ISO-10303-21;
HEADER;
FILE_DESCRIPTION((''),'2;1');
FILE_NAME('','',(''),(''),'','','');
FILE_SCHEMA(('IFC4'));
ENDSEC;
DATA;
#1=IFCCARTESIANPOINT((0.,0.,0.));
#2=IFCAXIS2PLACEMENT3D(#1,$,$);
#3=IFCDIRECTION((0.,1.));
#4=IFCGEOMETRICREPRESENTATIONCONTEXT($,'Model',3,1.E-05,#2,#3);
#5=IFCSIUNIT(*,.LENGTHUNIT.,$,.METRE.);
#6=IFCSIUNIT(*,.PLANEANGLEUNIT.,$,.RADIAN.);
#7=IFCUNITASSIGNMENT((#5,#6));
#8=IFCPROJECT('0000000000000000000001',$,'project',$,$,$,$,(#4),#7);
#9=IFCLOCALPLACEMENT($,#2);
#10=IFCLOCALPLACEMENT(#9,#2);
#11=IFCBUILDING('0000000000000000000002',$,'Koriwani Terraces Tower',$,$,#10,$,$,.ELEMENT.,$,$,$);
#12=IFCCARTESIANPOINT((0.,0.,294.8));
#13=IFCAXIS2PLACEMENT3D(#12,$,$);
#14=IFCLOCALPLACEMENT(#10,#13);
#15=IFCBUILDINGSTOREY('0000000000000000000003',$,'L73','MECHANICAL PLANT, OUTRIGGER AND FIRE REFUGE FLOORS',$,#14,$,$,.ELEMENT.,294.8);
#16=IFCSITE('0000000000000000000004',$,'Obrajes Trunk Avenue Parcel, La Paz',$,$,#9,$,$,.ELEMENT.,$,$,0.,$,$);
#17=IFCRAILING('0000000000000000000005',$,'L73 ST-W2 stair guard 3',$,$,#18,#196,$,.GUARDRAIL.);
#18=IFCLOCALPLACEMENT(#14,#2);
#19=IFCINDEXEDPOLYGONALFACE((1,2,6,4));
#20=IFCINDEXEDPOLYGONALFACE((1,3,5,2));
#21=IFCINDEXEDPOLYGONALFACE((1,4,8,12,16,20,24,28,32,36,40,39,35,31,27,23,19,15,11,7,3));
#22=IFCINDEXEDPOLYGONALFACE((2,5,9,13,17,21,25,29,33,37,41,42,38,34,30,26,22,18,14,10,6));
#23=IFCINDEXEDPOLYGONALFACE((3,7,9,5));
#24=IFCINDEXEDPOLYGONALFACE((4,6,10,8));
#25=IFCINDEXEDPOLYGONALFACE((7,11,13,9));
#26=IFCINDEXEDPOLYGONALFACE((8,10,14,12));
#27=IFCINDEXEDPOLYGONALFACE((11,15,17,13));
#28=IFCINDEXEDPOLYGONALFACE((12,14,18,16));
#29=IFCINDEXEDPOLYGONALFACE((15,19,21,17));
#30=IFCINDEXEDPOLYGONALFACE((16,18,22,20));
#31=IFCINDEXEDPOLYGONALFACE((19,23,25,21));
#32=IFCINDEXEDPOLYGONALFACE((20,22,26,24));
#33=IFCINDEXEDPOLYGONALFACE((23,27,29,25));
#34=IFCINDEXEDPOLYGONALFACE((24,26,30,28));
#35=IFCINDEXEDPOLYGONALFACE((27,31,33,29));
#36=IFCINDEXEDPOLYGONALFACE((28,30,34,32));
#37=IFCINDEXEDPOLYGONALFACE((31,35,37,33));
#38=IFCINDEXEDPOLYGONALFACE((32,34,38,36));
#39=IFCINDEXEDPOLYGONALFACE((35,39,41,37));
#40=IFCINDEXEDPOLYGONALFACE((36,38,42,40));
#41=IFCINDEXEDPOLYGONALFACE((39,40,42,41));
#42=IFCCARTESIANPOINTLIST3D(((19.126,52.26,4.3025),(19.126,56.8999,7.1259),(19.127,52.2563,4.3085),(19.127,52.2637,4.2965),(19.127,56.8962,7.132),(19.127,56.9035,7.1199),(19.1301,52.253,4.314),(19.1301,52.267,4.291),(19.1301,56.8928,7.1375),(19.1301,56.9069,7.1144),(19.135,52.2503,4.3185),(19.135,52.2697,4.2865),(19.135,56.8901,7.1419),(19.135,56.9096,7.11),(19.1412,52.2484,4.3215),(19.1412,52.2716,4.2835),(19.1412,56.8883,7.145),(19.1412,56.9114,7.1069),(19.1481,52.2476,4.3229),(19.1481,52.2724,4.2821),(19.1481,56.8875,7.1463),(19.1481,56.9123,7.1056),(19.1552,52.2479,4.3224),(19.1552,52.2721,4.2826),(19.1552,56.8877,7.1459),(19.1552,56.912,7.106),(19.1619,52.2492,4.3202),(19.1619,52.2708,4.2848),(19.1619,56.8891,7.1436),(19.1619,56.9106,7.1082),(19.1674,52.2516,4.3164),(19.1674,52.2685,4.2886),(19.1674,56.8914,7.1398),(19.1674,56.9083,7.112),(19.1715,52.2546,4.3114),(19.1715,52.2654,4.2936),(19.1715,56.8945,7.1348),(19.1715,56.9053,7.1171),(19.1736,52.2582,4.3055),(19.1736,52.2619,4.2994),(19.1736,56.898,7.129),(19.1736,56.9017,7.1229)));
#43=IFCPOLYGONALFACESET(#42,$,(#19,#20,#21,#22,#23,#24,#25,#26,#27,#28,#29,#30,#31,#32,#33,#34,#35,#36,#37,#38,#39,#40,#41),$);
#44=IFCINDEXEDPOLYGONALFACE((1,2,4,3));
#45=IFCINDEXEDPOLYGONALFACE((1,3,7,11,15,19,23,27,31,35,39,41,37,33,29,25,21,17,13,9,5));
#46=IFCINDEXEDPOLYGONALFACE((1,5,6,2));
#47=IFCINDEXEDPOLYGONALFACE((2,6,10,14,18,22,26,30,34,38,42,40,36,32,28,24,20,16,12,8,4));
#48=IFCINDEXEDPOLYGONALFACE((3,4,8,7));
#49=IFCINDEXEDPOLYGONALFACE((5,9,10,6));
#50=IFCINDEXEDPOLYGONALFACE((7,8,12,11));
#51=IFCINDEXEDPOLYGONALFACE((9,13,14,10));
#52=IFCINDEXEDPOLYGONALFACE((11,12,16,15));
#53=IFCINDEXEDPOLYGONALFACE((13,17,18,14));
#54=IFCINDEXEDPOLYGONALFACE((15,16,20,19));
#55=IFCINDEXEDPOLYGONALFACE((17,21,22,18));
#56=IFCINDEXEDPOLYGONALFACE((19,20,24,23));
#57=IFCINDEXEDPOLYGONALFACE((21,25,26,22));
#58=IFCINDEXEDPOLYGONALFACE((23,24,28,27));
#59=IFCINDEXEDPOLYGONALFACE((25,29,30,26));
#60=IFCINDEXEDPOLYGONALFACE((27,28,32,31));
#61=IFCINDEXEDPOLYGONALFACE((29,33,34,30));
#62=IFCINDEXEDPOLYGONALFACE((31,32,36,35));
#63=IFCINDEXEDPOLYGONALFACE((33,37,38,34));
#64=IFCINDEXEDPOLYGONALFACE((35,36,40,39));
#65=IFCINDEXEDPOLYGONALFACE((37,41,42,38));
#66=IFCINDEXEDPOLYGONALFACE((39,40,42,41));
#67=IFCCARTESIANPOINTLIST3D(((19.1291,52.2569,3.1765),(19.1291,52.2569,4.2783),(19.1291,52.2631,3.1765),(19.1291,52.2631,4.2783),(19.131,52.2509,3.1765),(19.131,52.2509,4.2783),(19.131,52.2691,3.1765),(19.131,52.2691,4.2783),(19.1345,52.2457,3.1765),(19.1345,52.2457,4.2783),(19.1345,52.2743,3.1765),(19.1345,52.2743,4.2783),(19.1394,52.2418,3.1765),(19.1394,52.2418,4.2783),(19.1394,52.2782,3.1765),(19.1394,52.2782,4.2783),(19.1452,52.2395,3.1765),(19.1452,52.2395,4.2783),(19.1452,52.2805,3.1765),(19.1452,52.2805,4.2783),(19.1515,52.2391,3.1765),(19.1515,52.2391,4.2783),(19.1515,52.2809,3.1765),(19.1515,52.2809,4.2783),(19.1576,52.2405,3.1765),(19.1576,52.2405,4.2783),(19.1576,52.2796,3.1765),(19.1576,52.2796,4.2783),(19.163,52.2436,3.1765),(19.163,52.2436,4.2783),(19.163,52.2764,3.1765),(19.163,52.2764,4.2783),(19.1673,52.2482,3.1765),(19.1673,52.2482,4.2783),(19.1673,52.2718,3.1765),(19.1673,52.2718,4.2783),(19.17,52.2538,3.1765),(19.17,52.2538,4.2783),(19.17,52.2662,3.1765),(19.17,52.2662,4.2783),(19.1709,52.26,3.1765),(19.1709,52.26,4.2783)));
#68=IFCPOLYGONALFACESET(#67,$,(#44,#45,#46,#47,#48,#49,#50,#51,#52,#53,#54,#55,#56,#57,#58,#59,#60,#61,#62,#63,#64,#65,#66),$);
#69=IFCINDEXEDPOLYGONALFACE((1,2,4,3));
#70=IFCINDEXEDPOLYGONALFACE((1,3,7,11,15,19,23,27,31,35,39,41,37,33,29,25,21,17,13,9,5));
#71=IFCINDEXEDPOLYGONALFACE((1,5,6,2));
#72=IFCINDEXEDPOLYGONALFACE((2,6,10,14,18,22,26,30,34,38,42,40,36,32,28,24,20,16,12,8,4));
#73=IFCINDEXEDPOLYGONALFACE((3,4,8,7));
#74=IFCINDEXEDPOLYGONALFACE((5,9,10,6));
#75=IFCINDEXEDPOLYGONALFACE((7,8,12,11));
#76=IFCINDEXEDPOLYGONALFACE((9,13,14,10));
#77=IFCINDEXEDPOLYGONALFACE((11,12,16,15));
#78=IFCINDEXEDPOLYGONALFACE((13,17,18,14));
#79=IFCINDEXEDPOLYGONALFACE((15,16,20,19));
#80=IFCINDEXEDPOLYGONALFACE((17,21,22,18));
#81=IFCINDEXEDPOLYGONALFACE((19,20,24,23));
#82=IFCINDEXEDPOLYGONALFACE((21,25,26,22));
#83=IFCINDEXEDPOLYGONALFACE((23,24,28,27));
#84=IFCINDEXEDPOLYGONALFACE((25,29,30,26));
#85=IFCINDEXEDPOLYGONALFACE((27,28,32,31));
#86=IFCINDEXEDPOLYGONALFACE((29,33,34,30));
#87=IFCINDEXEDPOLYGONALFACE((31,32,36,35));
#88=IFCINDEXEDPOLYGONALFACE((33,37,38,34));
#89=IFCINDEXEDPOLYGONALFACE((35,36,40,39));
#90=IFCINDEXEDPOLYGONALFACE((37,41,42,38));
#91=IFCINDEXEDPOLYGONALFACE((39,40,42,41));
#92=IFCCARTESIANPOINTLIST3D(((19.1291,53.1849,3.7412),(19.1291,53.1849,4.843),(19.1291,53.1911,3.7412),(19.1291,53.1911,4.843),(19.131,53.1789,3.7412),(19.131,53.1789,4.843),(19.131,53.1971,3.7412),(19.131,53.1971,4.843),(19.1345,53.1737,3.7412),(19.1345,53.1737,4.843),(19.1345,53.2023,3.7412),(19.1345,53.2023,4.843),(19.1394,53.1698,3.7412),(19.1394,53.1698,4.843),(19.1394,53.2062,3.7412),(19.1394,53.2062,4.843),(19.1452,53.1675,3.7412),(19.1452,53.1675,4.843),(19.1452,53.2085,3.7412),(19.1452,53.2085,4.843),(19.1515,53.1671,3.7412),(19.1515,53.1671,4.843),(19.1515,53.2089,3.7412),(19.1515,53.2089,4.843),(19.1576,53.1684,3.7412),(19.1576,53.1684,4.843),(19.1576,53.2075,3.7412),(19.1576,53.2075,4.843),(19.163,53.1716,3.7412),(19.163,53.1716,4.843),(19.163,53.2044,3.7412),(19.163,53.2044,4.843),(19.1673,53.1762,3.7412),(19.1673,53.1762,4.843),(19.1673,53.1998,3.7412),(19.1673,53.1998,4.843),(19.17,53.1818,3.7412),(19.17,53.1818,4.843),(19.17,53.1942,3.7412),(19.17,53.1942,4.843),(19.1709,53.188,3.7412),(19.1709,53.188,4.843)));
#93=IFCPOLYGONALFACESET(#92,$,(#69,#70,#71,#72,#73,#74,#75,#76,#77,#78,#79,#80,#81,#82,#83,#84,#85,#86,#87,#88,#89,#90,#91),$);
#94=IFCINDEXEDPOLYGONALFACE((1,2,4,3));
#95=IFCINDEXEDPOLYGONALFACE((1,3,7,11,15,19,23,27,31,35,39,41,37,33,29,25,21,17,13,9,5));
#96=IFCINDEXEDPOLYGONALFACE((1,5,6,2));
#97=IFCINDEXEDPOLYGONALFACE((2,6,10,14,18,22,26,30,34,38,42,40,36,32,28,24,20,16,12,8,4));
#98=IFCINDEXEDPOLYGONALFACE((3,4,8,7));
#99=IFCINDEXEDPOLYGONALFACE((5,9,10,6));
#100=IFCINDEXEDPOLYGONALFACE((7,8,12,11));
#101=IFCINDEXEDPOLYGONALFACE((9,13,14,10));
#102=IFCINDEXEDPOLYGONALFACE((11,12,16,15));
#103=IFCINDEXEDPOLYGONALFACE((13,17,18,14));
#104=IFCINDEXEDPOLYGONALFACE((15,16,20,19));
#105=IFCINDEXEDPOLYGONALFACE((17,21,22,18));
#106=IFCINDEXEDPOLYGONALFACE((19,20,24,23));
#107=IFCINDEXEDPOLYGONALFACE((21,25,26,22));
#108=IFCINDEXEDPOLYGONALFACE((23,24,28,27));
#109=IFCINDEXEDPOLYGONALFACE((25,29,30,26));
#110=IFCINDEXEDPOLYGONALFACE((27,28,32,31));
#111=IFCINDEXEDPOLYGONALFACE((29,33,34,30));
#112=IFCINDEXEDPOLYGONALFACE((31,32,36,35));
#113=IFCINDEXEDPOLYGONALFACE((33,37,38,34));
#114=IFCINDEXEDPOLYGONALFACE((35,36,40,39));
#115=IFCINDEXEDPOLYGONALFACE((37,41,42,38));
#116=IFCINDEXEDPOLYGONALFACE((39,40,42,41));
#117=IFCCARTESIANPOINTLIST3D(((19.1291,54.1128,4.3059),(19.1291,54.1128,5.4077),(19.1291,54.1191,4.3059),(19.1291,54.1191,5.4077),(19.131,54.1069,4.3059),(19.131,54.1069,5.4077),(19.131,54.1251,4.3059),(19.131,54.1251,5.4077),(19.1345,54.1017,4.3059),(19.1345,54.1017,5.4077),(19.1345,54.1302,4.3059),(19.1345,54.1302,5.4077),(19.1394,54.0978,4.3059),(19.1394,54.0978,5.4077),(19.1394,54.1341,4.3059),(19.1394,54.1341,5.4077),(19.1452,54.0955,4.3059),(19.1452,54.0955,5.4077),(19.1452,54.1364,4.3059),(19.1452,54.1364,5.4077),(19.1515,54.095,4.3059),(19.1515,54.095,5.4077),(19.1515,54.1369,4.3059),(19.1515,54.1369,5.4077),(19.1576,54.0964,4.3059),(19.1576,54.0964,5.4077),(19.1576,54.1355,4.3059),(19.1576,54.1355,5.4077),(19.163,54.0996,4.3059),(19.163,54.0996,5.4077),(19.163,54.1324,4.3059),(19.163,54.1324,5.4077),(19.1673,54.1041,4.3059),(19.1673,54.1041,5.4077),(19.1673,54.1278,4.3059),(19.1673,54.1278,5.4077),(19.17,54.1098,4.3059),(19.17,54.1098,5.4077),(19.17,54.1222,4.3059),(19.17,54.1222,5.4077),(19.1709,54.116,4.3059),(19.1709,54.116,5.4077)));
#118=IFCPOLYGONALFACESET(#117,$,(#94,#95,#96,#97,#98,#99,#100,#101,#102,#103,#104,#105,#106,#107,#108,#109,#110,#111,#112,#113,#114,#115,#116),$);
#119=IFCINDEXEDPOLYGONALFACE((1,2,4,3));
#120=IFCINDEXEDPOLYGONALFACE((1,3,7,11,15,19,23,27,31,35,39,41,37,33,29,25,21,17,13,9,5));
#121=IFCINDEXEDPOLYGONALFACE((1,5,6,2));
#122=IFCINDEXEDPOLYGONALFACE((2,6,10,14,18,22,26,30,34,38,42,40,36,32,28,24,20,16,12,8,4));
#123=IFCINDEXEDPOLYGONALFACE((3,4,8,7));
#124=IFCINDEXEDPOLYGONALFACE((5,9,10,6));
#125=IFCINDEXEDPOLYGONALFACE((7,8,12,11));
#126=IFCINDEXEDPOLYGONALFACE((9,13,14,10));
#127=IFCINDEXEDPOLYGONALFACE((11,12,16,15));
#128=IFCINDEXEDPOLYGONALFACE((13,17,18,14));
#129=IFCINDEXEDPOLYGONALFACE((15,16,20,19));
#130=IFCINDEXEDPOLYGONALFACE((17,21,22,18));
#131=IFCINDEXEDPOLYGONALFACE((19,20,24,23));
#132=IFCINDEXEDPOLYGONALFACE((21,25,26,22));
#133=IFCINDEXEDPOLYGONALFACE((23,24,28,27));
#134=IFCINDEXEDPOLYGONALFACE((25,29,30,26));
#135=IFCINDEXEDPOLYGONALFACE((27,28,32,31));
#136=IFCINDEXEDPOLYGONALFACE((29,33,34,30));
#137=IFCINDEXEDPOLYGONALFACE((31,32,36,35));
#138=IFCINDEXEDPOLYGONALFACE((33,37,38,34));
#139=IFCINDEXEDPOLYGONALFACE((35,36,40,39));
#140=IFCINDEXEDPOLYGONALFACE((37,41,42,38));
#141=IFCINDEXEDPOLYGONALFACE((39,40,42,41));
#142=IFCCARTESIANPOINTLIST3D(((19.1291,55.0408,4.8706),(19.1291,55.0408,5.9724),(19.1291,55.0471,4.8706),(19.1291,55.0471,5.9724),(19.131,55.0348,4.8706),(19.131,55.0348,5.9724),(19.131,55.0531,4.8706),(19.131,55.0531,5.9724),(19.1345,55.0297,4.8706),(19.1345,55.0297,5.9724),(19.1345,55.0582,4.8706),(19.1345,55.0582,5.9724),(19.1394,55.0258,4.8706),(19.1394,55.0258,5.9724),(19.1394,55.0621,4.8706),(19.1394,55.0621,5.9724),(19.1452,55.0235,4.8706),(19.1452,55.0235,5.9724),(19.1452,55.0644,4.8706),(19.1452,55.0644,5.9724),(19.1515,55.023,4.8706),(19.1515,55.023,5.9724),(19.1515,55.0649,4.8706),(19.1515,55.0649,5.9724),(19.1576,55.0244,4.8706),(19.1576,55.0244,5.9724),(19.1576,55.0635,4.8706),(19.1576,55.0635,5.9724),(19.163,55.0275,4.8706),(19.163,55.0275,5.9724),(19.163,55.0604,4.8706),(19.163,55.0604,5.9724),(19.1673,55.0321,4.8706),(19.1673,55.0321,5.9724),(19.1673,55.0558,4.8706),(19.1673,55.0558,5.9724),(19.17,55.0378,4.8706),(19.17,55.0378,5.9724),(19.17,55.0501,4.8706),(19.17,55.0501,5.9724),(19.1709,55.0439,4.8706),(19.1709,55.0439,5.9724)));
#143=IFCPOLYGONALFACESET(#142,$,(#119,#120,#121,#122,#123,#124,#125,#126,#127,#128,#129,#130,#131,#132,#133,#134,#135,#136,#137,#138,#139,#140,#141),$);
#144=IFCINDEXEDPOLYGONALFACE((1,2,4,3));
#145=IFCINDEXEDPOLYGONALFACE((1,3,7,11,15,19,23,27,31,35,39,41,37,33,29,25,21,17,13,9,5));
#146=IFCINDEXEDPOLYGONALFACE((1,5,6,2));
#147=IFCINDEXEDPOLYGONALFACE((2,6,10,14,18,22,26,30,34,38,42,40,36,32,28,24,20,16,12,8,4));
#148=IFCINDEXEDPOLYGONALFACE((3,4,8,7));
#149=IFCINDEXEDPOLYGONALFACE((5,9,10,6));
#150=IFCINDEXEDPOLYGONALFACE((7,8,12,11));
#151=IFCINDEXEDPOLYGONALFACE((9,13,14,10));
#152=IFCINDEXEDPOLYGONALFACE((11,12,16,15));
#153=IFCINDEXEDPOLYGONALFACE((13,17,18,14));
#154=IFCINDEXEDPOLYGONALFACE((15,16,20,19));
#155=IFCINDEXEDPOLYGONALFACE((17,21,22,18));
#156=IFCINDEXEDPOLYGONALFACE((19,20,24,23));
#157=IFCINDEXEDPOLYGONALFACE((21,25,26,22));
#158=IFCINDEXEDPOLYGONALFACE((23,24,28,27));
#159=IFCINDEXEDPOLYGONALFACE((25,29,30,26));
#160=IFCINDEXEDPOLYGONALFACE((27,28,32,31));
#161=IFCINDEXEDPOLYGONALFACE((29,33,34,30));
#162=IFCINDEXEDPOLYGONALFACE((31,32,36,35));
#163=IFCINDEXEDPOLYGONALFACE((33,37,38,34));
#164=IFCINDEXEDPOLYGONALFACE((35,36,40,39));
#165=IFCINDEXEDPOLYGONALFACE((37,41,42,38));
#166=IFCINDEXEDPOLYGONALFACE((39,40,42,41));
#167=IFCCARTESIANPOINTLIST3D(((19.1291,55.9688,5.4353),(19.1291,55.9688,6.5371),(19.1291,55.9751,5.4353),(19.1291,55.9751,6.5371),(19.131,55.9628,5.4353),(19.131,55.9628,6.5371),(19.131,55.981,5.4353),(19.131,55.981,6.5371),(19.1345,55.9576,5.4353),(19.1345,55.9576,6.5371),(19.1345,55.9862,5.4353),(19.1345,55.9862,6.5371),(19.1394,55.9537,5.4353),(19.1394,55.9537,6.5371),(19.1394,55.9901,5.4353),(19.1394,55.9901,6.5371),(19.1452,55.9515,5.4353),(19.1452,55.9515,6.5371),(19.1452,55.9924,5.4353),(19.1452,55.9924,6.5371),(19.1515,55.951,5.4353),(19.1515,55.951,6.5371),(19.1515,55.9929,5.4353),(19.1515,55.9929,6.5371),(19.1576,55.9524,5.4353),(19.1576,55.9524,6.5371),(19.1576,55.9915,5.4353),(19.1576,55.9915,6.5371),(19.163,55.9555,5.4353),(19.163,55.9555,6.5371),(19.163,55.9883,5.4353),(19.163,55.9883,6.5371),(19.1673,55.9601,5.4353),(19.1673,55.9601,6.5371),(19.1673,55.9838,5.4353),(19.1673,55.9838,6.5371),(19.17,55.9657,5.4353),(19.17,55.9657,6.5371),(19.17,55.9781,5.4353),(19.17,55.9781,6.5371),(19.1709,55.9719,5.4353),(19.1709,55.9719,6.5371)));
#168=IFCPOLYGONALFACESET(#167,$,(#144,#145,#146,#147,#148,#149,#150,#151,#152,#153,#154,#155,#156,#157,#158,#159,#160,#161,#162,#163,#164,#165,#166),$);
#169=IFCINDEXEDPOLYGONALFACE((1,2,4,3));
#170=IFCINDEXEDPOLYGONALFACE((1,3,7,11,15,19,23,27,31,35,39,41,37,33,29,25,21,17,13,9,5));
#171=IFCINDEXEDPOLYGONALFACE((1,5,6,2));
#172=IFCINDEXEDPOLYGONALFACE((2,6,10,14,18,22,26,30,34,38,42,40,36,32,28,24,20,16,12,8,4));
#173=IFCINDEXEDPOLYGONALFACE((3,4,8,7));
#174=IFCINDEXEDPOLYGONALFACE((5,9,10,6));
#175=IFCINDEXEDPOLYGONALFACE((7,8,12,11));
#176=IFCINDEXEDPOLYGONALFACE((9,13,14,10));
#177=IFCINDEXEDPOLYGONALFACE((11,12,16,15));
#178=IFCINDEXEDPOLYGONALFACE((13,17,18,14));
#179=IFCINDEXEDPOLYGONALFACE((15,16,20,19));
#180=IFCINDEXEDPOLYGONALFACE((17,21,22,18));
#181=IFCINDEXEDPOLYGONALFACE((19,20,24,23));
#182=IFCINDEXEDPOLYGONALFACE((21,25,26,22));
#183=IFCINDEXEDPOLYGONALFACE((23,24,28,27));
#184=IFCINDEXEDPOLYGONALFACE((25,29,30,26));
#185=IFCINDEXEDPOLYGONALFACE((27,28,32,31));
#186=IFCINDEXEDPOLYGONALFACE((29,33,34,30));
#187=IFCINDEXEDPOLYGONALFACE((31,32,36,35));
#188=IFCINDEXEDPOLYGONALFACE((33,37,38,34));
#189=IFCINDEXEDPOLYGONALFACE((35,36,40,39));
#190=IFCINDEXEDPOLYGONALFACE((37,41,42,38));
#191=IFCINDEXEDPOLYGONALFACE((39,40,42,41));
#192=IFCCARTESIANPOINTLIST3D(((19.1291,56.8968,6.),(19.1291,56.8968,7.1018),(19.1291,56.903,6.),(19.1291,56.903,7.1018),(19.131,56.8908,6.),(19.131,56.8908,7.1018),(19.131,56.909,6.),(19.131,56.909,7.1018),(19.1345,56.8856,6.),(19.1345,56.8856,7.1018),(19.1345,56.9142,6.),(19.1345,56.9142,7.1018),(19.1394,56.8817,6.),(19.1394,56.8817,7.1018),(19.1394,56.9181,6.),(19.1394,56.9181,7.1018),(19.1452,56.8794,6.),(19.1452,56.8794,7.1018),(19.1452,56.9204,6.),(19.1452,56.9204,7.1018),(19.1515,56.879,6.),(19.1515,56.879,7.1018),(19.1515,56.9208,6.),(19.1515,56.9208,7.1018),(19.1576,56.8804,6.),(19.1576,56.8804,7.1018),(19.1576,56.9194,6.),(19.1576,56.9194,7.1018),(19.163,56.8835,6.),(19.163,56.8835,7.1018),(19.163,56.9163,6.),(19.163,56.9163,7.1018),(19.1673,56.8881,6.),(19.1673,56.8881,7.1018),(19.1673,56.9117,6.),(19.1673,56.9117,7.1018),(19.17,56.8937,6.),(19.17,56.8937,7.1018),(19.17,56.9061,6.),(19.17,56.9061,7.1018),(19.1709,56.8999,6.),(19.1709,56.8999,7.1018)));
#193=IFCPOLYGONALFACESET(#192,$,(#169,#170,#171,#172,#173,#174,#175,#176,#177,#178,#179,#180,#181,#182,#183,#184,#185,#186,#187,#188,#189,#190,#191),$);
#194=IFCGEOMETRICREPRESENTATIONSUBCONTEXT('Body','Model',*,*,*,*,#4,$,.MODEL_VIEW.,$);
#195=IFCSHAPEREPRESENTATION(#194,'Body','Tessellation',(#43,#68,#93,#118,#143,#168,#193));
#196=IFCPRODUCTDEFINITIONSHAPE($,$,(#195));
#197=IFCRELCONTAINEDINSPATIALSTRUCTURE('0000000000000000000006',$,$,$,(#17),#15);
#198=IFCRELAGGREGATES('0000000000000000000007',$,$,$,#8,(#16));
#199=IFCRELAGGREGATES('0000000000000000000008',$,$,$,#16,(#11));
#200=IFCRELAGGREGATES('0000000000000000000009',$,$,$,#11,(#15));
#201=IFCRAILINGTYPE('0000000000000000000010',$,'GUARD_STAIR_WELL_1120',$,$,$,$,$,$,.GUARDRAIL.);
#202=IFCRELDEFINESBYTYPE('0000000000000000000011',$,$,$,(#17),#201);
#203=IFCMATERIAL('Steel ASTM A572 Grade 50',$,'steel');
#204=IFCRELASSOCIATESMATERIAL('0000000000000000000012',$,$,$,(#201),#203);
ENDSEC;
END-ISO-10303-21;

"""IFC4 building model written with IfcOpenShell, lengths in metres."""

from ifc_helpers import new_model, si_unit, direction, frame, origin, origin_2d, place, context, subcontext, project, spatial, circle, extrude, material, type_object, element, save


model = new_model("IFC4")

# Units and contexts
model_context = context("Model", 3, precision=1e-05, world=origin(), true_north=direction((0.0, 1.0)))
body_context = subcontext(model_context, "Body", "Model", "MODEL_VIEW")
ifc_project = project(units=[si_unit("LENGTHUNIT", "METRE"), si_unit("PLANEANGLEUNIT", "RADIAN")], contexts=[model_context])

# Site, building, storey
site_placement = place(None, origin())
site = spatial("IfcSite", under=ifc_project, at=site_placement, Name="Obrajes Trunk Avenue Parcel, La Paz", CompositionType="ELEMENT", RefElevation=0.0)
building_placement = place(site_placement, origin())
building = spatial("IfcBuilding", under=site, at=building_placement, Name="Koriwani Terraces Tower", CompositionType="ELEMENT")
storey_placement = place(building_placement, frame((0.0, 0.0, 294.8)))
storey = spatial("IfcBuildingStorey", under=building, at=storey_placement, Name="L73", Description="MECHANICAL PLANT, OUTRIGGER AND FIRE REFUGE FLOORS", CompositionType="ELEMENT", Elevation=294.8)

# Shared definitions
ifc_material_1 = material(Name="Steel ASTM A572 Grade 50", Category="steel")

# Railing
railing_type_1 = type_object("IfcRailingType", Name="GUARD_STAIR_WELL_1120", PredefinedType="GUARDRAIL", material=ifc_material_1)
railing_1_placement = place(storey_placement, frame((19.1499, 52.26, 3.1765)))
element("IfcRailing", 1, at=railing_1_placement, inside=storey, type_object=railing_type_1, Name="L73 ST-W2 stair guard 3", PredefinedType="GUARDRAIL", context=body_context, shape_type="SweptSolid", body=[
    extrude(circle(Radius=0.0239, at=origin_2d()), frame((0.0, 0.0, 1.126), z_axis=(0.0, 0.854264, 0.51984), x_axis=(-1.0, 0.0, 0.0)), (0.0, 0.0, 1.0), 5.4314),
    extrude(circle(Radius=0.021, at=origin_2d()), origin(), (0.0, 0.0, 1.0), 1.1018),
    extrude(circle(Radius=0.021, at=origin_2d()), frame((0.0, 0.928, 0.5647)), (0.0, 0.0, 1.0), 1.1018),
    extrude(circle(Radius=0.021, at=origin_2d()), frame((0.0, 1.856, 1.1294)), (0.0, 0.0, 1.0), 1.1018),
    extrude(circle(Radius=0.021, at=origin_2d()), frame((0.0, 2.7839, 1.6941)), (0.0, 0.0, 1.0), 1.1018),
    extrude(circle(Radius=0.021, at=origin_2d()), frame((0.0, 3.7119, 2.2588)), (0.0, 0.0, 1.0), 1.1018),
    extrude(circle(Radius=0.021, at=origin_2d()), frame((0.0, 4.6399, 2.8235)), (0.0, 0.0, 1.0), 1.1018),
])

save(model, "model.ifc")
